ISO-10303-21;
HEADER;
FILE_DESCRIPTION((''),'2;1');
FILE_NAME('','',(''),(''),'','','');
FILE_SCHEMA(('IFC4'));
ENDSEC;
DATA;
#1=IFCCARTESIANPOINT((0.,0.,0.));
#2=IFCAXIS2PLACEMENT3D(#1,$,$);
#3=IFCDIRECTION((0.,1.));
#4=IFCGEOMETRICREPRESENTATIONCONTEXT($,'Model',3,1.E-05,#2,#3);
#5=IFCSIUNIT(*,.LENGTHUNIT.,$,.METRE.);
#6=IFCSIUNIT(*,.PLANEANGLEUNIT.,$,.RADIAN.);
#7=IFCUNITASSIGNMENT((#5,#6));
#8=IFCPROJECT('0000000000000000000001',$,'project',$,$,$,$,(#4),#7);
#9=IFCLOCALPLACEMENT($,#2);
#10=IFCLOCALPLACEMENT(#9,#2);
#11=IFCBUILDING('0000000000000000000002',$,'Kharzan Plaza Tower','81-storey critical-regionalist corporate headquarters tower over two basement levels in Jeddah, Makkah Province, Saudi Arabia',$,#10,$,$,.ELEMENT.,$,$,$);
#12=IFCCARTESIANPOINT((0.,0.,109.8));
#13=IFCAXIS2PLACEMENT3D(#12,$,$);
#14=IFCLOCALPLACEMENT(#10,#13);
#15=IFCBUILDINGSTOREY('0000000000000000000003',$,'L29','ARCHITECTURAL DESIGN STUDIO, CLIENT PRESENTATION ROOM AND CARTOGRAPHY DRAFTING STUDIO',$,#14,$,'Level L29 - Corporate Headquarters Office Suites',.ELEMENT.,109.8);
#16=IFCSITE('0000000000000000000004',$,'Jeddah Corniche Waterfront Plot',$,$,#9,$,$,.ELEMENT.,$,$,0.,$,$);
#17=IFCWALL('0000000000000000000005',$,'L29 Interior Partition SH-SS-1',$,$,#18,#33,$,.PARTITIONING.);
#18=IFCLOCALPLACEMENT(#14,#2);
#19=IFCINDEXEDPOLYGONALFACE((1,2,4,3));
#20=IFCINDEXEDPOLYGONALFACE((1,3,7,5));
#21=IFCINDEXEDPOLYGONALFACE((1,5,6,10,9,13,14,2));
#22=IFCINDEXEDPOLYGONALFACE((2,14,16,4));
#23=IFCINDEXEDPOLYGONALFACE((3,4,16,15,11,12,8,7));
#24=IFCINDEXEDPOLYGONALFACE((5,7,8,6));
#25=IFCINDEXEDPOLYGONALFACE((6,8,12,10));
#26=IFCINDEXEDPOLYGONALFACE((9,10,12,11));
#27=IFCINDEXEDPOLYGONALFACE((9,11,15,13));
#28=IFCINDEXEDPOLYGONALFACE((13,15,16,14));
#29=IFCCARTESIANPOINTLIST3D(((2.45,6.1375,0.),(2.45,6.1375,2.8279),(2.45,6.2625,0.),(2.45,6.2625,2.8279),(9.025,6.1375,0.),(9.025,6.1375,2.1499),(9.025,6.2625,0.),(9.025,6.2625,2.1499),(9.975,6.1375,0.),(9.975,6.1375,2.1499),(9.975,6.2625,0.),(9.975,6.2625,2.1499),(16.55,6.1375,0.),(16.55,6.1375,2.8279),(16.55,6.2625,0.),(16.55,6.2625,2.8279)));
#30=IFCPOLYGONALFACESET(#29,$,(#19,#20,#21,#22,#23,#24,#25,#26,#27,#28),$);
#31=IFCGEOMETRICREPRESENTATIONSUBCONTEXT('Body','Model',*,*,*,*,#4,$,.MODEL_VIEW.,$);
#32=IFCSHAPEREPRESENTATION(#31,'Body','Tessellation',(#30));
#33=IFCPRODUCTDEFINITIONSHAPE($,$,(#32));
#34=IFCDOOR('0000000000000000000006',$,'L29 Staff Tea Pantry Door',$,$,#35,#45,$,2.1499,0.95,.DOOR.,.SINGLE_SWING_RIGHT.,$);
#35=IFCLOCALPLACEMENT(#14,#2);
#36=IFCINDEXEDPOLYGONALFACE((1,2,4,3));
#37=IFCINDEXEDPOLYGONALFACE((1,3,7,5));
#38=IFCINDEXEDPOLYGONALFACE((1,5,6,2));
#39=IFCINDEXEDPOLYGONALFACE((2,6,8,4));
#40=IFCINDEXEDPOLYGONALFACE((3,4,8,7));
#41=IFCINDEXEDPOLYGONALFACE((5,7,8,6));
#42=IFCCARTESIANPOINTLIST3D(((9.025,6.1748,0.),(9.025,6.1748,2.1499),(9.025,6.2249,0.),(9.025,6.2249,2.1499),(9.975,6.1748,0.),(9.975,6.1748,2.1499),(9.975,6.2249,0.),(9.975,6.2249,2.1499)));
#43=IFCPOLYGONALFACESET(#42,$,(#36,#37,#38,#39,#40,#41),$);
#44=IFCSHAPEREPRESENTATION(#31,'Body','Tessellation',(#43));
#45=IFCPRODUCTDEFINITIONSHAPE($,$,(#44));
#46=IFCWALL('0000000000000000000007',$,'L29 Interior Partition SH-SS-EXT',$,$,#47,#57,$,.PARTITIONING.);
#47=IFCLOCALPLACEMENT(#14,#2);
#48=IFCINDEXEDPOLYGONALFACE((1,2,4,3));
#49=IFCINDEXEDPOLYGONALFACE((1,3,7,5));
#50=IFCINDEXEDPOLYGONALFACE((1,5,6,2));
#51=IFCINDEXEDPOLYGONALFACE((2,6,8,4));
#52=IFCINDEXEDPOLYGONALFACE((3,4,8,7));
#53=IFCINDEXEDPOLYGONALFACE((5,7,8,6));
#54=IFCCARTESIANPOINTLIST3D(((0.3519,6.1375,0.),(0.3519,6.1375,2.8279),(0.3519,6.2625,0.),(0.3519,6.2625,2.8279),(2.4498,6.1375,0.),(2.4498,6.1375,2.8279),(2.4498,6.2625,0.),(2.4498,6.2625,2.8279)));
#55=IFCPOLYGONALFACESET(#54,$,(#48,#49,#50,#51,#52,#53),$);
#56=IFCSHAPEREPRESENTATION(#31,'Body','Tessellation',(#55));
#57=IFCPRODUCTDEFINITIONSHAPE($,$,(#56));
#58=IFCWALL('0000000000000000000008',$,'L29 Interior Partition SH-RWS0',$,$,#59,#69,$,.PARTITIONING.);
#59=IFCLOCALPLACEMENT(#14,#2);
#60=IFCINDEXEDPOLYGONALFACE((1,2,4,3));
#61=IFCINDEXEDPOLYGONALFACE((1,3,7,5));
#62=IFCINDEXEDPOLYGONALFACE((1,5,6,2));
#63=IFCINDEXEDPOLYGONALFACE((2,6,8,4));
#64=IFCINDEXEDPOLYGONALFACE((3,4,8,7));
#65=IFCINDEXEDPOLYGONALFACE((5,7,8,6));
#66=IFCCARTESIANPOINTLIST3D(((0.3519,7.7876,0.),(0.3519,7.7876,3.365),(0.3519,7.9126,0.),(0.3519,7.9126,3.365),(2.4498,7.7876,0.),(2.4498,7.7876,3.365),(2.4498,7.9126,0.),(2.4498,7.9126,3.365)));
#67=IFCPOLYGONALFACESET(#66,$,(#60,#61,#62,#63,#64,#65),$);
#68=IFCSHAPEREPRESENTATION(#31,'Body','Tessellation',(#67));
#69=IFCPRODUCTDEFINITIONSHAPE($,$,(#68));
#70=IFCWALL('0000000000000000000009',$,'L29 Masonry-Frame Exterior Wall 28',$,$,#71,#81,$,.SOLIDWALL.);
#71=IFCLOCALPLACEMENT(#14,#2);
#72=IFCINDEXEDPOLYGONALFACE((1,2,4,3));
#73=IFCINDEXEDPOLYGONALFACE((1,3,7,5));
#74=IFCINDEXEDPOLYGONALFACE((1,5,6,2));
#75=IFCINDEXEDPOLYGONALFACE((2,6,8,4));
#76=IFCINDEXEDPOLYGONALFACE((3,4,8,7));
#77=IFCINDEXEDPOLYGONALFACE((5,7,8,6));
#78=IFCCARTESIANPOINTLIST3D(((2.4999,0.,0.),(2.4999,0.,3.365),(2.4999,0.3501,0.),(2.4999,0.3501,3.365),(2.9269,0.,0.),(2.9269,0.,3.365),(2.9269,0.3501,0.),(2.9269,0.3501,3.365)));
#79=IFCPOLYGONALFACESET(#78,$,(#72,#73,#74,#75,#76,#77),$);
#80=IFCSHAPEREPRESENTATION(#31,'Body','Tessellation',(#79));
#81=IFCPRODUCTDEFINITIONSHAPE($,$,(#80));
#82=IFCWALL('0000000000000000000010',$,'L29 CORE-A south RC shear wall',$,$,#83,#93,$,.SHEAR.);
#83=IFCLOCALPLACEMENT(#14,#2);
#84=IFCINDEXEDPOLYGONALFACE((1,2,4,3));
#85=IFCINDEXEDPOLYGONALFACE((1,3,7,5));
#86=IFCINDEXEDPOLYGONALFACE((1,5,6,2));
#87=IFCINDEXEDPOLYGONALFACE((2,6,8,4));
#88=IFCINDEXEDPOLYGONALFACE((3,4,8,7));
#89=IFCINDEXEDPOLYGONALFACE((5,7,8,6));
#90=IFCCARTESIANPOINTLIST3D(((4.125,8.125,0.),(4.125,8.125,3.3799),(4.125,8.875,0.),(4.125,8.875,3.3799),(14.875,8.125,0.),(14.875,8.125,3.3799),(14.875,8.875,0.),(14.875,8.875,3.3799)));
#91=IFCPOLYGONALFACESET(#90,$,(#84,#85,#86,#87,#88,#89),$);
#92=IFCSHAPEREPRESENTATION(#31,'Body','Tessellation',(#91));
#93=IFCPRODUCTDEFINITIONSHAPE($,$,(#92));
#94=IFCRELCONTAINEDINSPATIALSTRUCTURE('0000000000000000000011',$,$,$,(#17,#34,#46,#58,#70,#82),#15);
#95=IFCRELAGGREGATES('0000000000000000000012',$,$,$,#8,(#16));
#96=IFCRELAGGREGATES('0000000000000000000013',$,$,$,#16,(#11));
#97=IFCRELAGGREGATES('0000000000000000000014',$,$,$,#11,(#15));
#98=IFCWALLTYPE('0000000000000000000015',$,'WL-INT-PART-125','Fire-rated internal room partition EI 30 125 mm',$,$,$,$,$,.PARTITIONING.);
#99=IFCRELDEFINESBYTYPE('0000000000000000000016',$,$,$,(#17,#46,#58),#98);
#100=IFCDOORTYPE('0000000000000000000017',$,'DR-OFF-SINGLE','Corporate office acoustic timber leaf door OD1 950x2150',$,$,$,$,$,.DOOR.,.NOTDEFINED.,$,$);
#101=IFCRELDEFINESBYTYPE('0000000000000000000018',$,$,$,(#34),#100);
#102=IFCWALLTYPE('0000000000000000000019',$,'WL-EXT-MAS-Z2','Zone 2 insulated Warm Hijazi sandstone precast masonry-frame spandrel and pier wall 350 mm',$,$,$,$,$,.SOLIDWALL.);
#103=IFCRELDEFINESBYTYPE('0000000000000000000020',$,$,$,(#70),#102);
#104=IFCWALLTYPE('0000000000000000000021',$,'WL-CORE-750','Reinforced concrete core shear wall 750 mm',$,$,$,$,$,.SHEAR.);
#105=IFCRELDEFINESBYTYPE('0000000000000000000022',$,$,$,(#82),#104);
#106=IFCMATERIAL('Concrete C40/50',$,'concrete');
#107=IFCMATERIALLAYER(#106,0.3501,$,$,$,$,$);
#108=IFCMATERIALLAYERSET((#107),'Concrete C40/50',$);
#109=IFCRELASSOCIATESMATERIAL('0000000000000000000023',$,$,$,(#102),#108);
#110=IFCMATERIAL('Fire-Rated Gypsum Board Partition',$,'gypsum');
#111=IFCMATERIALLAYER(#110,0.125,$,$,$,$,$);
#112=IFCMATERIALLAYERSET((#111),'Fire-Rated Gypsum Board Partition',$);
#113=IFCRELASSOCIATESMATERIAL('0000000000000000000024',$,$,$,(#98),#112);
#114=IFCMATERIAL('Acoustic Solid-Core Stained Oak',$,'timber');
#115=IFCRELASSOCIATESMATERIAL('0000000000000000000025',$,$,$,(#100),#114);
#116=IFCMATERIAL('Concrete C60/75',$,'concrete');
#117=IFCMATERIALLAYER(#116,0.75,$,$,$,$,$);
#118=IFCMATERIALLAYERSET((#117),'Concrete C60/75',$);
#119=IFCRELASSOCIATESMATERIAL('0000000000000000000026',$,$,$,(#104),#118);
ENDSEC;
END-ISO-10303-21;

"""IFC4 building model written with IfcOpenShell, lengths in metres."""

from ifc_helpers import new_model, si_unit, direction, frame, frame_2d, origin, place, context, subcontext, project, spatial, rectangle, extrude, source, transform, mapped, material, layer, layer_set, type_object, element, fill, save


model = new_model("IFC4")

# Units and contexts
model_context = context("Model", 3, precision=1e-05, world=origin(), true_north=direction((0.0, 1.0)))
body_context = subcontext(model_context, "Body", "Model", "MODEL_VIEW")
ifc_project = project(units=[si_unit("LENGTHUNIT", "METRE"), si_unit("PLANEANGLEUNIT", "RADIAN")], contexts=[model_context])

# Site, building, storey
site_placement = place(None, origin())
site = spatial("IfcSite", under=ifc_project, at=site_placement, Name="Jeddah Corniche Waterfront Plot", CompositionType="ELEMENT", RefElevation=0.0)
building_placement = place(site_placement, origin())
building = spatial("IfcBuilding", under=site, at=building_placement, Name="Kharzan Plaza Tower", Description="81-storey critical-regionalist corporate headquarters tower over two basement levels in Jeddah, Makkah Province, Saudi Arabia", CompositionType="ELEMENT")
storey_placement = place(building_placement, frame((0.0, 0.0, 109.8)))
storey = spatial("IfcBuildingStorey", under=building, at=storey_placement, Name="L29", Description="ARCHITECTURAL DESIGN STUDIO, CLIENT PRESENTATION ROOM AND CARTOGRAPHY DRAFTING STUDIO", LongName="Level L29 - Corporate Headquarters Office Suites", CompositionType="ELEMENT", Elevation=109.8)

# Shared definitions
ifc_material_1 = material(Name="Concrete C60/75", Category="concrete")

# Shared definitions
ifc_material_2 = material(Name="Concrete C40/50", Category="concrete")

# Shared definitions
ifc_layer_1 = layer(ifc_material_2, 0.3501)
ifc_layer_set_1 = layer_set([ifc_layer_1], Name="Concrete C40/50")
wall_type_1 = type_object("IfcWallType", Name="WL-EXT-MAS-Z2", Description="Zone 2 insulated Warm Hijazi sandstone precast masonry-frame spandrel and pier wall 350 mm", PredefinedType="SOLIDWALL", material=ifc_layer_set_1)

# Wall, opening, door
ifc_material_3 = material(Name="Fire-Rated Gypsum Board Partition", Category="gypsum")
ifc_layer_2 = layer(ifc_material_3, 0.125)
ifc_layer_set_2 = layer_set([ifc_layer_2], Name="Fire-Rated Gypsum Board Partition")
wall_type_2 = type_object("IfcWallType", Name="WL-INT-PART-125", Description="Fire-rated internal room partition EI 30 125 mm", PredefinedType="PARTITIONING", material=ifc_layer_set_2)
ifc_material_4 = material(Name="Acoustic Solid-Core Stained Oak", Category="timber")
door_type = type_object("IfcDoorType", Name="DR-OFF-SINGLE", Description="Corporate office acoustic timber leaf door OD1 950x2150", OperationType="NOTDEFINED", PredefinedType="DOOR", material=ifc_material_4)
shared_shape_1 = source(origin(), body_context, "Body", "SweptSolid", [
    extrude(rectangle(XDim=0.95, YDim=2.1499, at=frame_2d((0.4751, 1.075))), frame((0.0, 0.0249, 0.0), z_axis=(0.0, -1.0, 0.0), x_axis=(1.0, 0.0, 0.0)), (0.0, 0.0, 1.0), 0.05),
])
wall_1_placement = place(storey_placement, frame((2.45, 6.2, 0.0), z_axis=(0.0, 0.0, 1.0), x_axis=(1.0, 0.0, 0.0)))
wall_1 = element("IfcWall", 1, at=wall_1_placement, inside=storey, type_object=wall_type_2, Name="L29 Interior Partition SH-SS-1", PredefinedType="PARTITIONING", context=body_context, shape_type="SweptSolid", body=[
    extrude(rectangle(XDim=14.1001, YDim=0.125, at=frame_2d((7.05, 0.0))), origin(), (0.0, 0.0, 1.0), 2.8279),
])
opening_1_placement = place(wall_1_placement, frame((6.575, 0.0, 0.0)))
opening_1 = element("IfcOpeningElement", 2, at=opening_1_placement, cuts=wall_1, PredefinedType="OPENING", context=body_context, shape_type="SweptSolid", body=[
    extrude(rectangle(XDim=0.95, YDim=2.1499, at=frame_2d((0.4751, 1.075))), frame((0.0, 0.0725, 0.0), z_axis=(0.0, -1.0, 0.0), x_axis=(1.0, 0.0, 0.0)), (0.0, 0.0, 1.0), 0.145),
])
door_1_placement = place(opening_1_placement, origin())
door_1 = element("IfcDoor", 3, at=door_1_placement, inside=storey, type_object=door_type, Name="L29 Staff Tea Pantry Door", OperationType="SINGLE_SWING_RIGHT", OverallHeight=2.1499, OverallWidth=0.95, PredefinedType="DOOR", context=body_context, shape_type="MappedRepresentation", body=[
    mapped(shared_shape_1, transform((0.0, 0.0, 0.0), x_axis=(1.0, 0.0, 0.0), y_axis=(0.0, 1.0, 0.0), z_axis=(0.0, 0.0, 1.0))),
])
fill(opening_1, door_1)

# Walls
shared_shape_2 = source(origin(), body_context, "Body", "SweptSolid", [
    extrude(rectangle(XDim=2.0979, YDim=0.125, at=frame_2d((1.0488, 0.0))), origin(), (0.0, 0.0, 1.0), 2.8279),
])
wall_2_placement = place(storey_placement, frame((0.3521, 6.2, 0.0), z_axis=(0.0, 0.0, 1.0), x_axis=(1.0, 0.0, 0.0)))
element("IfcWall", 4, at=wall_2_placement, inside=storey, type_object=wall_type_2, Name="L29 Interior Partition SH-SS-EXT", PredefinedType="PARTITIONING", context=body_context, shape_type="MappedRepresentation", body=[
    mapped(shared_shape_2, transform((0.0, 0.0, 0.0), x_axis=(1.0, 0.0, 0.0), y_axis=(0.0, 1.0, 0.0), z_axis=(0.0, 0.0, 1.0))),
])
shared_shape_3 = source(origin(), body_context, "Body", "SweptSolid", [
    extrude(rectangle(XDim=2.0979, YDim=0.125, at=frame_2d((1.0488, 0.0))), origin(), (0.0, 0.0, 1.0), 3.365),
])
wall_3_placement = place(storey_placement, frame((0.3521, 7.8501, 0.0), z_axis=(0.0, 0.0, 1.0), x_axis=(1.0, 0.0, 0.0)))
element("IfcWall", 5, at=wall_3_placement, inside=storey, type_object=wall_type_2, Name="L29 Interior Partition SH-RWS0", PredefinedType="PARTITIONING", context=body_context, shape_type="MappedRepresentation", body=[
    mapped(shared_shape_3, transform((0.0, 0.0, 0.0), x_axis=(1.0, 0.0, 0.0), y_axis=(0.0, 1.0, 0.0), z_axis=(0.0, 0.0, 1.0))),
])
shared_shape_4 = source(origin(), body_context, "Body", "SweptSolid", [
    extrude(rectangle(XDim=0.427, YDim=0.3501, at=frame_2d((0.2134, 0.0))), origin(), (0.0, 0.0, 1.0), 3.365),
])
wall_4_placement = place(storey_placement, frame((2.5, 0.175, 0.0), z_axis=(0.0, 0.0, 1.0), x_axis=(1.0, 0.0, 0.0)))
element("IfcWall", 6, at=wall_4_placement, inside=storey, type_object=wall_type_1, Name="L29 Masonry-Frame Exterior Wall 28", PredefinedType="SOLIDWALL", context=body_context, shape_type="MappedRepresentation", body=[
    mapped(shared_shape_4, transform((0.0, 0.0, 0.0), x_axis=(1.0, 0.0, 0.0), y_axis=(0.0, 1.0, 0.0), z_axis=(0.0, 0.0, 1.0))),
])
ifc_layer_3 = layer(ifc_material_1, 0.75)
ifc_layer_set_3 = layer_set([ifc_layer_3], Name="Concrete C60/75")
wall_type_3 = type_object("IfcWallType", Name="WL-CORE-750", Description="Reinforced concrete core shear wall 750 mm", PredefinedType="SHEAR", material=ifc_layer_set_3)
shared_shape_5 = source(origin(), body_context, "Body", "SweptSolid", [
    extrude(rectangle(XDim=10.75, YDim=0.75, at=frame_2d((5.375, 0.0))), origin(), (0.0, 0.0, 1.0), 3.3799),
])
wall_5_placement = place(storey_placement, frame((4.125, 8.5, 0.0), z_axis=(0.0, 0.0, 1.0), x_axis=(1.0, 0.0, 0.0)))
element("IfcWall", 7, at=wall_5_placement, inside=storey, type_object=wall_type_3, Name="L29 CORE-A south RC shear wall", PredefinedType="SHEAR", context=body_context, shape_type="MappedRepresentation", body=[
    mapped(shared_shape_5, transform((0.0, 0.0, 0.0), x_axis=(1.0, 0.0, 0.0), y_axis=(0.0, 1.0, 0.0), z_axis=(0.0, 0.0, 1.0))),
])

save(model, "model.ifc")
